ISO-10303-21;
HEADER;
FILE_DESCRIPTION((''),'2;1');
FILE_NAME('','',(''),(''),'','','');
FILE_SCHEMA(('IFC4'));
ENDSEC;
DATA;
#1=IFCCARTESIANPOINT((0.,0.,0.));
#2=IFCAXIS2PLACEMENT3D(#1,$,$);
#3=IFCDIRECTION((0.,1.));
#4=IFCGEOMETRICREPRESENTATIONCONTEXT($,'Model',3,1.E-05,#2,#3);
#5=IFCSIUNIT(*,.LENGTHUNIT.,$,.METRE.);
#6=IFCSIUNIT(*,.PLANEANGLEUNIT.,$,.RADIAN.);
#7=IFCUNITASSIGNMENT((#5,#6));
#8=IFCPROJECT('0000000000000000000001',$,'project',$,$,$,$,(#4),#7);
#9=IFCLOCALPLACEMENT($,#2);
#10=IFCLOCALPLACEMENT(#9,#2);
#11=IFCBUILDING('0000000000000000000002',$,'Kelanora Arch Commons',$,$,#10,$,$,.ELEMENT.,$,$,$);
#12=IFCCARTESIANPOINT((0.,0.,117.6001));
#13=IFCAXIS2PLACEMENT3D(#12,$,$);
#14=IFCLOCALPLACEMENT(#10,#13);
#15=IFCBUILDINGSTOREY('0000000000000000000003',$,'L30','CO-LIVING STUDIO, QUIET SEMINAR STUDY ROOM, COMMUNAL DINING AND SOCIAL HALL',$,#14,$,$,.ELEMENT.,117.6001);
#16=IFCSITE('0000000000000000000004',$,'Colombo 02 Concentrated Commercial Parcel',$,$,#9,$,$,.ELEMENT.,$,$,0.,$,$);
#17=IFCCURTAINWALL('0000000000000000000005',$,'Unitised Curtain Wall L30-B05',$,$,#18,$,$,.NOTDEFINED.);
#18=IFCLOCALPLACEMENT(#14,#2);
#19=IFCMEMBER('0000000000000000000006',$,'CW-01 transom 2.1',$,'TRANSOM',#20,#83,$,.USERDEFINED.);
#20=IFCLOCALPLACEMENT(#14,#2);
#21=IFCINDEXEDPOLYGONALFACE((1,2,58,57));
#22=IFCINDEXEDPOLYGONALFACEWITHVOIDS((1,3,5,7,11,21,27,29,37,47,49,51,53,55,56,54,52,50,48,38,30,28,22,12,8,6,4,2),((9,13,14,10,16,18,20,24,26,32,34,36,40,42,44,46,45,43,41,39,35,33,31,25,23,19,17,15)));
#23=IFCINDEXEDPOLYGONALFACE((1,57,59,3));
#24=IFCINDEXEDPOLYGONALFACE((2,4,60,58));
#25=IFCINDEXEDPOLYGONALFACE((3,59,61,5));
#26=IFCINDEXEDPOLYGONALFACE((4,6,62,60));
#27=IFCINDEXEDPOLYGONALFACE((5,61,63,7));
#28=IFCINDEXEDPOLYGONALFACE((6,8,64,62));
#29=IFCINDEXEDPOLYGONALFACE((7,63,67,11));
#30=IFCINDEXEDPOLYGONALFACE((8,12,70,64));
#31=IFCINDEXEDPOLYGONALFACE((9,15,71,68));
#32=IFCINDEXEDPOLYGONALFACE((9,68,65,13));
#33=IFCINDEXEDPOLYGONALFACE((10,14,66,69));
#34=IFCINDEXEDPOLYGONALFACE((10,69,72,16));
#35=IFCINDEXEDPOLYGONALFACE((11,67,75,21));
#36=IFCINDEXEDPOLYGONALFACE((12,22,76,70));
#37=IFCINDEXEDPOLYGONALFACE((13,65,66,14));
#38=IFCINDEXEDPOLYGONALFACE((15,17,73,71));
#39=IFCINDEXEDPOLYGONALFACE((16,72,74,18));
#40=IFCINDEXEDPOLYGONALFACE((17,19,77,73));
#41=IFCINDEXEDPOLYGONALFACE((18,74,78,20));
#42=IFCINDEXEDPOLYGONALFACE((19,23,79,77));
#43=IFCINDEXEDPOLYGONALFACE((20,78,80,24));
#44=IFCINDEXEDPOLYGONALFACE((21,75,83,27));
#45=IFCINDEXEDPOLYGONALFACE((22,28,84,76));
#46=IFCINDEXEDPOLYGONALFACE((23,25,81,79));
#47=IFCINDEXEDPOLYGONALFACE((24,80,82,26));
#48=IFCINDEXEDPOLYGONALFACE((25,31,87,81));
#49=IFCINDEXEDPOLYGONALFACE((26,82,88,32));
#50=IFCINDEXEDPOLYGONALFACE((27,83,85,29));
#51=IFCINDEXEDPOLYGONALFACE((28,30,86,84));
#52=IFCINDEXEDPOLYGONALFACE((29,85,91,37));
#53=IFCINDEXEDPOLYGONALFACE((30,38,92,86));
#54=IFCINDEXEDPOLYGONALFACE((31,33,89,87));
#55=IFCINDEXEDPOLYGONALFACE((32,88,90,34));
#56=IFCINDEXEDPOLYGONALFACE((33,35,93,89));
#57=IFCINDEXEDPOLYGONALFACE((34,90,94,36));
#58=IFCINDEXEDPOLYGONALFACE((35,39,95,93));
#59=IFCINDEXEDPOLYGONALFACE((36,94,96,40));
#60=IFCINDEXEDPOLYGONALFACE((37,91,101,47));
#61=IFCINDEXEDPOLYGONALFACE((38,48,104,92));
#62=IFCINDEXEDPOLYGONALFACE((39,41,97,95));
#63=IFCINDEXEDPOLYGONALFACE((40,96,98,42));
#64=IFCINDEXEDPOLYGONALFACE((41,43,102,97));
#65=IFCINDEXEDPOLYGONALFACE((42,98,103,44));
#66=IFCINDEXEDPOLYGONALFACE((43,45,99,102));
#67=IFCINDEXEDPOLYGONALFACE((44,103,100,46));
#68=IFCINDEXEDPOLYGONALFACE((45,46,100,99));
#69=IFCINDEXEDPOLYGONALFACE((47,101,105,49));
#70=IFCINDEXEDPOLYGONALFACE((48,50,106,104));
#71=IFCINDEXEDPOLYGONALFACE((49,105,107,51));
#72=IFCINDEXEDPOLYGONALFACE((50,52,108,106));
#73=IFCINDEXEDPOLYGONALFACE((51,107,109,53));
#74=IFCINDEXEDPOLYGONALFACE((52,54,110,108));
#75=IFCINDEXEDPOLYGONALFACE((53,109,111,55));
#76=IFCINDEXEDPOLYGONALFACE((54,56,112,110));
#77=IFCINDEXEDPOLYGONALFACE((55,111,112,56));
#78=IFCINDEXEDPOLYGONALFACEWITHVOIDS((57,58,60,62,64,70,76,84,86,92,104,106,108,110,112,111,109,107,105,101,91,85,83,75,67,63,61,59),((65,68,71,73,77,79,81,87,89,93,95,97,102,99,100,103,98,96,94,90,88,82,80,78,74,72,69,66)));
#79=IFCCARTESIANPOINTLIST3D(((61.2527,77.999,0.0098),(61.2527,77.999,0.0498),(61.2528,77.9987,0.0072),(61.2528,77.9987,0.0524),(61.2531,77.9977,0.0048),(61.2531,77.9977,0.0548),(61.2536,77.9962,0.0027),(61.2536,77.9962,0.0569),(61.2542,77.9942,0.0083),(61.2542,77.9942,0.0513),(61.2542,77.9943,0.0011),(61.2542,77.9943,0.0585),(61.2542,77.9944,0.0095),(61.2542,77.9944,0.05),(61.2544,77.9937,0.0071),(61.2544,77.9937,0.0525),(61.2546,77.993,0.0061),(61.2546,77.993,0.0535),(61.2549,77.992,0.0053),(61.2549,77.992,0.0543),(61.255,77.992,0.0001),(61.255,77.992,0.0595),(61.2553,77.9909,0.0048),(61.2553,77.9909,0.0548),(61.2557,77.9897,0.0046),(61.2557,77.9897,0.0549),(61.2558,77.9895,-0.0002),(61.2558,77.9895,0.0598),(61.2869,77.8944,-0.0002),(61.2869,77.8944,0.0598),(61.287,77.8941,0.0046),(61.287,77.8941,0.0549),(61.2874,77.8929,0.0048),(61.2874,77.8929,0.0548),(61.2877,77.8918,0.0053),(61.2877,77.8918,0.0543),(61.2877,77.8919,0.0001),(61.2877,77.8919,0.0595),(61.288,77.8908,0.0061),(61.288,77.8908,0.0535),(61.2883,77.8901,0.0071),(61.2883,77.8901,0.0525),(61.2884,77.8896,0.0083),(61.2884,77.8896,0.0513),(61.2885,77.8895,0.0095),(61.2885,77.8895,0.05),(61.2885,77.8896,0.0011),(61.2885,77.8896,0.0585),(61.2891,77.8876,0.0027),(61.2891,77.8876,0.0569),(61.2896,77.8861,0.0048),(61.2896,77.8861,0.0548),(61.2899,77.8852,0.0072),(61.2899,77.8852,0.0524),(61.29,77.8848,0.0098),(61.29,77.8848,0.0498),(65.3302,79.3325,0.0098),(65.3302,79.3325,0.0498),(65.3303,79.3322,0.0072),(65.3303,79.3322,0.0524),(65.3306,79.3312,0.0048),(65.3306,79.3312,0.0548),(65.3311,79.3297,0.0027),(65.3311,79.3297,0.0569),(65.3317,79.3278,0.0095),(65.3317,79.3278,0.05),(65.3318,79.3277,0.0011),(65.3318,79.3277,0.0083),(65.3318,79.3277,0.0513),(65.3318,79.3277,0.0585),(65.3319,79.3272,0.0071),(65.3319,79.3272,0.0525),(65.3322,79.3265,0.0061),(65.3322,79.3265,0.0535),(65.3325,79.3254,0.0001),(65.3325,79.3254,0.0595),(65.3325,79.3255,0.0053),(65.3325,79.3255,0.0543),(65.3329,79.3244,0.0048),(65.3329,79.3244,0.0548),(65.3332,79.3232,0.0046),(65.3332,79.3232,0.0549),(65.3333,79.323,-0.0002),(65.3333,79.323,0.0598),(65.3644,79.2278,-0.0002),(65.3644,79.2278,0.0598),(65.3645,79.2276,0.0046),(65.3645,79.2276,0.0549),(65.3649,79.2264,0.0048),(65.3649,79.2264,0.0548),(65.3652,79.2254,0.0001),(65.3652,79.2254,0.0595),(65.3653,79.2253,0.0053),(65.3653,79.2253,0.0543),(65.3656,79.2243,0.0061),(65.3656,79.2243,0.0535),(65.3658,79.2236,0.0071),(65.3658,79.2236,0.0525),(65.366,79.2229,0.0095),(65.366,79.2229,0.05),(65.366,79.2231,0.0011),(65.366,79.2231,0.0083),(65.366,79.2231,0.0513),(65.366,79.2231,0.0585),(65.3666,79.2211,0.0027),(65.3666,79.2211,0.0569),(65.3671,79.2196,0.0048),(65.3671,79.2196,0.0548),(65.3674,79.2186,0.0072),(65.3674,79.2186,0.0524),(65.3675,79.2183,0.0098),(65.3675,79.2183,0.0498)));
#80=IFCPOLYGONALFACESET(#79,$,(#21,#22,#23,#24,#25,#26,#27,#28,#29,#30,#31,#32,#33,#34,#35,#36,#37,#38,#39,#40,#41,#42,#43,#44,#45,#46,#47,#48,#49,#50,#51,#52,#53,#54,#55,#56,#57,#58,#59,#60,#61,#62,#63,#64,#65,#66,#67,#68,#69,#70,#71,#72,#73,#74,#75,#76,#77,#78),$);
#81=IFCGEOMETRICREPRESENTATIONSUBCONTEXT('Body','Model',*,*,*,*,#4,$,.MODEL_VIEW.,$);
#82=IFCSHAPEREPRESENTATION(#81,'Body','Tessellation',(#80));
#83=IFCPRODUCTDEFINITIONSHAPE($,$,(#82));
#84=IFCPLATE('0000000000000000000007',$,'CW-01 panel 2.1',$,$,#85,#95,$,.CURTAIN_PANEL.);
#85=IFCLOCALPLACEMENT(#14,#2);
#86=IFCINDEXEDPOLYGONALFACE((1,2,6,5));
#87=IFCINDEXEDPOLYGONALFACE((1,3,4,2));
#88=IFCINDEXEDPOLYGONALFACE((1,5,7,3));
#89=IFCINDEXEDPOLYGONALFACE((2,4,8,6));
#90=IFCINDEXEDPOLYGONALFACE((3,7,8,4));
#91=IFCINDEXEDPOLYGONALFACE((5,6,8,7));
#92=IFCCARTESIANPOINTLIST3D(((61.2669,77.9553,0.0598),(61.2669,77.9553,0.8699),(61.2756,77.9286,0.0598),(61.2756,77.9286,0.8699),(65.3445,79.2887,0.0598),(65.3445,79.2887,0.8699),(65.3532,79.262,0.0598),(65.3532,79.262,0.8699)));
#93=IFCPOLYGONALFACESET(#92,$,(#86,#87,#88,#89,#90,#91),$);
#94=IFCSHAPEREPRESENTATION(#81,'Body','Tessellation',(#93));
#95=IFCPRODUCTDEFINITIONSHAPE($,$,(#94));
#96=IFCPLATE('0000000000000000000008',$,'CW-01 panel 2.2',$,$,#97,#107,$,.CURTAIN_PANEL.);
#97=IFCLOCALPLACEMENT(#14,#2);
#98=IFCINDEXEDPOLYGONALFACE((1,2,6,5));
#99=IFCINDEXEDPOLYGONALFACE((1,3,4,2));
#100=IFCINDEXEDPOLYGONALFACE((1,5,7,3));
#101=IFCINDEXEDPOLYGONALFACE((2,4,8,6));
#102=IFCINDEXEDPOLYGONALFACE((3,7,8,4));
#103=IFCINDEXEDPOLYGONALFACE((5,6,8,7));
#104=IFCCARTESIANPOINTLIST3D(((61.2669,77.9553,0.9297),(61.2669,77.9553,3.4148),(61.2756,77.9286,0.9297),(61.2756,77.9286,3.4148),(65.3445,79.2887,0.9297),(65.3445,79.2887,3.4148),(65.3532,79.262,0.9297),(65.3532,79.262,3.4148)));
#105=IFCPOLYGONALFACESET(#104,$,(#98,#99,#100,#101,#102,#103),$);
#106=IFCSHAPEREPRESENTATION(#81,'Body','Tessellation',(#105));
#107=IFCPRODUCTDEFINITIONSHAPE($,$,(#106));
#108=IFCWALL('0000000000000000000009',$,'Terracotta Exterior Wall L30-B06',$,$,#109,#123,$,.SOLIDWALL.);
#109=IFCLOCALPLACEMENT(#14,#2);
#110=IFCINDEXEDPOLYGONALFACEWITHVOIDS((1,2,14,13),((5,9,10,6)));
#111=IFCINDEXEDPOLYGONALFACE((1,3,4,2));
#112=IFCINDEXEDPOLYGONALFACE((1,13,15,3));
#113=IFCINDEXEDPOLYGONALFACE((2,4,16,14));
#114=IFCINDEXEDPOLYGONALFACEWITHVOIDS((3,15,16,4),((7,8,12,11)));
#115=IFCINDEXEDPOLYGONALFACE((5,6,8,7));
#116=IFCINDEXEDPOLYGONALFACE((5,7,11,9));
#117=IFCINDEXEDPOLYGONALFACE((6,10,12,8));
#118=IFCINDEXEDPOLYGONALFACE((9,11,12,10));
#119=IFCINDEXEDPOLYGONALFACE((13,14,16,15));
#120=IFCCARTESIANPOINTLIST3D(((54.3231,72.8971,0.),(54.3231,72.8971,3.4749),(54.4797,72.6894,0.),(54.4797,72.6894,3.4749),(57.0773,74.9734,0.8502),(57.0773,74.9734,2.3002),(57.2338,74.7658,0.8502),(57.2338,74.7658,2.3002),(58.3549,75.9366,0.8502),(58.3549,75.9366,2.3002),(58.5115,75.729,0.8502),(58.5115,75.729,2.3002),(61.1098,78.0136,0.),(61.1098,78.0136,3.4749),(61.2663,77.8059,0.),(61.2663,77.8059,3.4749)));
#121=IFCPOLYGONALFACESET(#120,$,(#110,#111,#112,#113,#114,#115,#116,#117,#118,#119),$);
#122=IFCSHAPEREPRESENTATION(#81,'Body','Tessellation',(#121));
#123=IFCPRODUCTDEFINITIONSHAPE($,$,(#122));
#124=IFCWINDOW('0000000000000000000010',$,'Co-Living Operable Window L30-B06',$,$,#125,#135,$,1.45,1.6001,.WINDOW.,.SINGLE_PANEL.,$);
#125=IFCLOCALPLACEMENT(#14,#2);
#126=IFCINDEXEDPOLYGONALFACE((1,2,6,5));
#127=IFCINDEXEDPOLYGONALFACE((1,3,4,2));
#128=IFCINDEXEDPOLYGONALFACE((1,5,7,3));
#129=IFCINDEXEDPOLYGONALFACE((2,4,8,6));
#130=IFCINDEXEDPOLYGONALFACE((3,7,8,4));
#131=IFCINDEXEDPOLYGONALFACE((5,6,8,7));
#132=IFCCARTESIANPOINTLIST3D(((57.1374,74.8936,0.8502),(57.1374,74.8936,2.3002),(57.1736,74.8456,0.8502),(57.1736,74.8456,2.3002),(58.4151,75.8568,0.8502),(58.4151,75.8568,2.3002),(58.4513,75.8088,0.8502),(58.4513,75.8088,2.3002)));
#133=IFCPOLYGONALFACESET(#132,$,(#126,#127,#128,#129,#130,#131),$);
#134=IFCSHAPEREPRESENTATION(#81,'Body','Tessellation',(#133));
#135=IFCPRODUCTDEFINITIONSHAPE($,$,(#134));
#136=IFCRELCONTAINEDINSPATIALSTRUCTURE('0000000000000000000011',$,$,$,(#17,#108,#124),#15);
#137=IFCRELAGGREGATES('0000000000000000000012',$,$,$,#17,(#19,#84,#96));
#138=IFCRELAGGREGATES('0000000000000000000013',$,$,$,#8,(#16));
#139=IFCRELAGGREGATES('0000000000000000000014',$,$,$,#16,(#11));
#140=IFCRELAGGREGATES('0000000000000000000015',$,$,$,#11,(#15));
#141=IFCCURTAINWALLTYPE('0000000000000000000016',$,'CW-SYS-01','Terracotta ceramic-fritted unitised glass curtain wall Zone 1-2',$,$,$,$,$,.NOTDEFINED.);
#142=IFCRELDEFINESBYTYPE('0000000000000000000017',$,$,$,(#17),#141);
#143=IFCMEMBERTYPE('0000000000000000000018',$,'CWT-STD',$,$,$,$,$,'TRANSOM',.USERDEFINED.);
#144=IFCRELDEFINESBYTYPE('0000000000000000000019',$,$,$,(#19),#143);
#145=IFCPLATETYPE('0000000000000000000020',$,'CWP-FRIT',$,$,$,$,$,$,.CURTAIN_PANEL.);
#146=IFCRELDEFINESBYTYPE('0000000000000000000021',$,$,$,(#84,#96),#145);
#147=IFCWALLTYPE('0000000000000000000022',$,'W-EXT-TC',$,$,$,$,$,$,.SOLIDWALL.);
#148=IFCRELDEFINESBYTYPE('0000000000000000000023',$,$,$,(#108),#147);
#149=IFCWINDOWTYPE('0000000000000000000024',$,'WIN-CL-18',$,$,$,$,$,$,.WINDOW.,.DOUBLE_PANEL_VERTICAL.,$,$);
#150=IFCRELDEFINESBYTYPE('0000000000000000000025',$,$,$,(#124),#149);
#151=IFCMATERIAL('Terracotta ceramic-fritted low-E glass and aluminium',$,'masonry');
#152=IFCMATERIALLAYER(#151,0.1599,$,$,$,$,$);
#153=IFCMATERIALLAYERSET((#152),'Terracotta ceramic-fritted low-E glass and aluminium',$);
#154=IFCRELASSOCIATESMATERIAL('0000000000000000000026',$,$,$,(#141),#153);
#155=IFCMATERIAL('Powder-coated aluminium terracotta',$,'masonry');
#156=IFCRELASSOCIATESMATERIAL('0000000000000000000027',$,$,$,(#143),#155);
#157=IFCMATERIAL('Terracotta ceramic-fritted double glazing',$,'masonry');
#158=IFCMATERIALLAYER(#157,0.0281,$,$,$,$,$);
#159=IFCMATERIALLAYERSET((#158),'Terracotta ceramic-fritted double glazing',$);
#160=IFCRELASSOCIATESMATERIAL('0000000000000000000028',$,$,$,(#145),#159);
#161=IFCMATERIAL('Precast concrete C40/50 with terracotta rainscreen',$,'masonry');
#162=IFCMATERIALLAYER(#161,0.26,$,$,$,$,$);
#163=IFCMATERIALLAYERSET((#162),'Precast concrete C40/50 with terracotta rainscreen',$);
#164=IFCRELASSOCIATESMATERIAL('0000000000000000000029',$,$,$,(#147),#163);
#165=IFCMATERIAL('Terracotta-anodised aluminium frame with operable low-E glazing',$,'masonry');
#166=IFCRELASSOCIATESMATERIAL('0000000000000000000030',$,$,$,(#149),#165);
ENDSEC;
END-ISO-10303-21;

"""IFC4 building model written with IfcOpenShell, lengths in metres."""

from ifc_helpers import new_model, si_unit, direction, frame, frame_2d, origin, origin_2d, place, context, subcontext, project, spatial, rectangle, hollow_rectangle, extrude, source, transform, mapped, material, layer, layer_set, material_profile, profile_set, type_object, element, fill, aggregate, save


model = new_model("IFC4")

# Units and contexts
model_context = context("Model", 3, precision=1e-05, world=origin(), true_north=direction((0.0, 1.0)))
body_context = subcontext(model_context, "Body", "Model", "MODEL_VIEW")
ifc_project = project(units=[si_unit("LENGTHUNIT", "METRE"), si_unit("PLANEANGLEUNIT", "RADIAN")], contexts=[model_context])

# Site, building, storey
site_placement = place(None, origin())
site = spatial("IfcSite", under=ifc_project, at=site_placement, Name="Colombo 02 Concentrated Commercial Parcel", CompositionType="ELEMENT", RefElevation=0.0)
building_placement = place(site_placement, origin())
building = spatial("IfcBuilding", under=site, at=building_placement, Name="Kelanora Arch Commons", CompositionType="ELEMENT")
storey_placement = place(building_placement, frame((0.0, 0.0, 117.6001)))
storey = spatial("IfcBuildingStorey", under=building, at=storey_placement, Name="L30", Description="CO-LIVING STUDIO, QUIET SEMINAR STUDY ROOM, COMMUNAL DINING AND SOCIAL HALL", CompositionType="ELEMENT", Elevation=117.6001)

# Curtain wall, member, plates
ifc_material_1 = material(Name="Terracotta ceramic-fritted low-E glass and aluminium", Category="masonry")
ifc_layer_1 = layer(ifc_material_1, 0.1599)
ifc_layer_set_1 = layer_set([ifc_layer_1], Name="Terracotta ceramic-fritted low-E glass and aluminium")
curtain_wall_type = type_object("IfcCurtainWallType", Name="CW-SYS-01", Description="Terracotta ceramic-fritted unitised glass curtain wall Zone 1-2", PredefinedType="NOTDEFINED", material=ifc_layer_set_1)
curtain_wall_placement = place(storey_placement, origin())
curtain_wall = element("IfcCurtainWall", 1, at=curtain_wall_placement, inside=storey, type_object=curtain_wall_type, Name="Unitised Curtain Wall L30-B05", PredefinedType="NOTDEFINED")
ifc_material_2 = material(Name="Powder-coated aluminium terracotta", Category="masonry")
ifc_material_profile_1 = material_profile(ifc_material_2, hollow_rectangle(XDim=0.1201, YDim=0.0601, WallThickness=0.0049, InnerFilletRadius=0.0049, OuterFilletRadius=0.01, at=origin_2d()), Name="CWT120x60")
ifc_profile_set_1 = profile_set([ifc_material_profile_1], Name="Powder-coated aluminium terracotta")
member_type_1 = type_object("IfcMemberType", Name="CWT-STD", ElementType="TRANSOM", PredefinedType="USERDEFINED", material=ifc_profile_set_1)
member_1_placement = place(storey_placement, frame((65.3489, 79.2754, 0.0298), z_axis=(-0.950466, -0.310828, 0.0), x_axis=(0.310828, -0.950466, 0.0)))
member_1 = element("IfcMember", 2, at=member_1_placement, type_object=member_type_1, Name="CW-01 transom 2.1", ObjectType="TRANSOM", PredefinedType="USERDEFINED", context=body_context, shape_type="SweptSolid", body=[
    extrude(hollow_rectangle(XDim=0.1201, YDim=0.0601, WallThickness=0.0049, InnerFilletRadius=0.0049, OuterFilletRadius=0.01, at=origin_2d()), origin(), (0.0, 0.0, 1.0), 4.29),
])
ifc_material_3 = material(Name="Terracotta ceramic-fritted double glazing", Category="masonry")
ifc_layer_2 = layer(ifc_material_3, 0.0281)
ifc_layer_set_2 = layer_set([ifc_layer_2], Name="Terracotta ceramic-fritted double glazing")
plate_type = type_object("IfcPlateType", Name="CWP-FRIT", PredefinedType="CURTAIN_PANEL", material=ifc_layer_set_2)
shared_shape_1 = source(origin(), body_context, "Body", "SweptSolid", [
    extrude(rectangle(XDim=4.29, YDim=0.0281, at=origin_2d()), origin(), (0.0, 0.0, 1.0), 0.8101),
])
plate_1_placement = place(storey_placement, frame((63.3101, 78.6086, 0.0598), z_axis=(0.0, 0.0, 1.0), x_axis=(-0.950474, -0.310805, 0.0)))
plate_1 = element("IfcPlate", 3, at=plate_1_placement, type_object=plate_type, Name="CW-01 panel 2.1", PredefinedType="CURTAIN_PANEL", context=body_context, shape_type="MappedRepresentation", body=[
    mapped(shared_shape_1, transform((0.0, 0.0, 0.0), scale=1.0)),
])
shared_shape_2 = source(origin(), body_context, "Body", "SweptSolid", [
    extrude(rectangle(XDim=4.29, YDim=0.0281, at=origin_2d()), origin(), (0.0, 0.0, 1.0), 2.4851),
])
plate_2_placement = place(storey_placement, frame((63.3101, 78.6086, 0.9297), z_axis=(0.0, 0.0, 1.0), x_axis=(-0.950474, -0.310805, 0.0)))
plate_2 = element("IfcPlate", 4, at=plate_2_placement, type_object=plate_type, Name="CW-01 panel 2.2", PredefinedType="CURTAIN_PANEL", context=body_context, shape_type="MappedRepresentation", body=[
    mapped(shared_shape_2, transform((0.0, 0.0, 0.0), scale=1.0)),
])
aggregate(curtain_wall, [member_1, plate_1, plate_2])

# Wall, opening, window
ifc_material_4 = material(Name="Precast concrete C40/50 with terracotta rainscreen", Category="masonry")
ifc_layer_3 = layer(ifc_material_4, 0.26)
ifc_layer_set_3 = layer_set([ifc_layer_3], Name="Precast concrete C40/50 with terracotta rainscreen")
wall_type_1 = type_object("IfcWallType", Name="W-EXT-TC", PredefinedType="SOLIDWALL", material=ifc_layer_set_3)
wall_1_placement = place(storey_placement, frame((61.188, 77.9097, 0.0), z_axis=(0.0, 0.0, 1.0), x_axis=(-0.798502, -0.601993, 0.0)))
wall_1 = element("IfcWall", 5, at=wall_1_placement, inside=storey, type_object=wall_type_1, Name="Terracotta Exterior Wall L30-B06", PredefinedType="SOLIDWALL", context=body_context, shape_type="SweptSolid", body=[
    extrude(rectangle(XDim=8.4993, YDim=0.26, at=frame_2d((4.2495, 0.0))), origin(), (0.0, 0.0, 1.0), 3.4749),
])
opening_1_placement = place(wall_1_placement, frame((3.45, 0.0, 0.8501)))
opening_1 = element("IfcOpeningElement", 6, at=opening_1_placement, cuts=wall_1, PredefinedType="OPENING", context=body_context, shape_type="SweptSolid", body=[
    extrude(rectangle(XDim=1.6001, YDim=1.45, at=frame_2d((0.8, 0.7251))), frame((0.0, 0.1401, 0.0), z_axis=(0.0, -1.0, 0.0), x_axis=(1.0, 0.0, 0.0)), (0.0, 0.0, 1.0), 0.28),
])
ifc_material_5 = material(Name="Terracotta-anodised aluminium frame with operable low-E glazing", Category="masonry")
window_type_1 = type_object("IfcWindowType", Name="WIN-CL-18", PartitioningType="DOUBLE_PANEL_VERTICAL", PredefinedType="WINDOW", material=ifc_material_5)
window_1_placement = place(opening_1_placement, origin())
window_1 = element("IfcWindow", 7, at=window_1_placement, inside=storey, type_object=window_type_1, Name="Co-Living Operable Window L30-B06", OverallHeight=1.45, OverallWidth=1.6001, PartitioningType="SINGLE_PANEL", PredefinedType="WINDOW", context=body_context, shape_type="SweptSolid", body=[
    extrude(rectangle(XDim=1.6001, YDim=1.45, at=frame_2d((0.8, 0.7251))), frame((0.0, 0.03, 0.0), z_axis=(0.0, -1.0, 0.0), x_axis=(1.0, 0.0, 0.0)), (0.0, 0.0, 1.0), 0.0601),
])
fill(opening_1, window_1)

save(model, "model.ifc")
